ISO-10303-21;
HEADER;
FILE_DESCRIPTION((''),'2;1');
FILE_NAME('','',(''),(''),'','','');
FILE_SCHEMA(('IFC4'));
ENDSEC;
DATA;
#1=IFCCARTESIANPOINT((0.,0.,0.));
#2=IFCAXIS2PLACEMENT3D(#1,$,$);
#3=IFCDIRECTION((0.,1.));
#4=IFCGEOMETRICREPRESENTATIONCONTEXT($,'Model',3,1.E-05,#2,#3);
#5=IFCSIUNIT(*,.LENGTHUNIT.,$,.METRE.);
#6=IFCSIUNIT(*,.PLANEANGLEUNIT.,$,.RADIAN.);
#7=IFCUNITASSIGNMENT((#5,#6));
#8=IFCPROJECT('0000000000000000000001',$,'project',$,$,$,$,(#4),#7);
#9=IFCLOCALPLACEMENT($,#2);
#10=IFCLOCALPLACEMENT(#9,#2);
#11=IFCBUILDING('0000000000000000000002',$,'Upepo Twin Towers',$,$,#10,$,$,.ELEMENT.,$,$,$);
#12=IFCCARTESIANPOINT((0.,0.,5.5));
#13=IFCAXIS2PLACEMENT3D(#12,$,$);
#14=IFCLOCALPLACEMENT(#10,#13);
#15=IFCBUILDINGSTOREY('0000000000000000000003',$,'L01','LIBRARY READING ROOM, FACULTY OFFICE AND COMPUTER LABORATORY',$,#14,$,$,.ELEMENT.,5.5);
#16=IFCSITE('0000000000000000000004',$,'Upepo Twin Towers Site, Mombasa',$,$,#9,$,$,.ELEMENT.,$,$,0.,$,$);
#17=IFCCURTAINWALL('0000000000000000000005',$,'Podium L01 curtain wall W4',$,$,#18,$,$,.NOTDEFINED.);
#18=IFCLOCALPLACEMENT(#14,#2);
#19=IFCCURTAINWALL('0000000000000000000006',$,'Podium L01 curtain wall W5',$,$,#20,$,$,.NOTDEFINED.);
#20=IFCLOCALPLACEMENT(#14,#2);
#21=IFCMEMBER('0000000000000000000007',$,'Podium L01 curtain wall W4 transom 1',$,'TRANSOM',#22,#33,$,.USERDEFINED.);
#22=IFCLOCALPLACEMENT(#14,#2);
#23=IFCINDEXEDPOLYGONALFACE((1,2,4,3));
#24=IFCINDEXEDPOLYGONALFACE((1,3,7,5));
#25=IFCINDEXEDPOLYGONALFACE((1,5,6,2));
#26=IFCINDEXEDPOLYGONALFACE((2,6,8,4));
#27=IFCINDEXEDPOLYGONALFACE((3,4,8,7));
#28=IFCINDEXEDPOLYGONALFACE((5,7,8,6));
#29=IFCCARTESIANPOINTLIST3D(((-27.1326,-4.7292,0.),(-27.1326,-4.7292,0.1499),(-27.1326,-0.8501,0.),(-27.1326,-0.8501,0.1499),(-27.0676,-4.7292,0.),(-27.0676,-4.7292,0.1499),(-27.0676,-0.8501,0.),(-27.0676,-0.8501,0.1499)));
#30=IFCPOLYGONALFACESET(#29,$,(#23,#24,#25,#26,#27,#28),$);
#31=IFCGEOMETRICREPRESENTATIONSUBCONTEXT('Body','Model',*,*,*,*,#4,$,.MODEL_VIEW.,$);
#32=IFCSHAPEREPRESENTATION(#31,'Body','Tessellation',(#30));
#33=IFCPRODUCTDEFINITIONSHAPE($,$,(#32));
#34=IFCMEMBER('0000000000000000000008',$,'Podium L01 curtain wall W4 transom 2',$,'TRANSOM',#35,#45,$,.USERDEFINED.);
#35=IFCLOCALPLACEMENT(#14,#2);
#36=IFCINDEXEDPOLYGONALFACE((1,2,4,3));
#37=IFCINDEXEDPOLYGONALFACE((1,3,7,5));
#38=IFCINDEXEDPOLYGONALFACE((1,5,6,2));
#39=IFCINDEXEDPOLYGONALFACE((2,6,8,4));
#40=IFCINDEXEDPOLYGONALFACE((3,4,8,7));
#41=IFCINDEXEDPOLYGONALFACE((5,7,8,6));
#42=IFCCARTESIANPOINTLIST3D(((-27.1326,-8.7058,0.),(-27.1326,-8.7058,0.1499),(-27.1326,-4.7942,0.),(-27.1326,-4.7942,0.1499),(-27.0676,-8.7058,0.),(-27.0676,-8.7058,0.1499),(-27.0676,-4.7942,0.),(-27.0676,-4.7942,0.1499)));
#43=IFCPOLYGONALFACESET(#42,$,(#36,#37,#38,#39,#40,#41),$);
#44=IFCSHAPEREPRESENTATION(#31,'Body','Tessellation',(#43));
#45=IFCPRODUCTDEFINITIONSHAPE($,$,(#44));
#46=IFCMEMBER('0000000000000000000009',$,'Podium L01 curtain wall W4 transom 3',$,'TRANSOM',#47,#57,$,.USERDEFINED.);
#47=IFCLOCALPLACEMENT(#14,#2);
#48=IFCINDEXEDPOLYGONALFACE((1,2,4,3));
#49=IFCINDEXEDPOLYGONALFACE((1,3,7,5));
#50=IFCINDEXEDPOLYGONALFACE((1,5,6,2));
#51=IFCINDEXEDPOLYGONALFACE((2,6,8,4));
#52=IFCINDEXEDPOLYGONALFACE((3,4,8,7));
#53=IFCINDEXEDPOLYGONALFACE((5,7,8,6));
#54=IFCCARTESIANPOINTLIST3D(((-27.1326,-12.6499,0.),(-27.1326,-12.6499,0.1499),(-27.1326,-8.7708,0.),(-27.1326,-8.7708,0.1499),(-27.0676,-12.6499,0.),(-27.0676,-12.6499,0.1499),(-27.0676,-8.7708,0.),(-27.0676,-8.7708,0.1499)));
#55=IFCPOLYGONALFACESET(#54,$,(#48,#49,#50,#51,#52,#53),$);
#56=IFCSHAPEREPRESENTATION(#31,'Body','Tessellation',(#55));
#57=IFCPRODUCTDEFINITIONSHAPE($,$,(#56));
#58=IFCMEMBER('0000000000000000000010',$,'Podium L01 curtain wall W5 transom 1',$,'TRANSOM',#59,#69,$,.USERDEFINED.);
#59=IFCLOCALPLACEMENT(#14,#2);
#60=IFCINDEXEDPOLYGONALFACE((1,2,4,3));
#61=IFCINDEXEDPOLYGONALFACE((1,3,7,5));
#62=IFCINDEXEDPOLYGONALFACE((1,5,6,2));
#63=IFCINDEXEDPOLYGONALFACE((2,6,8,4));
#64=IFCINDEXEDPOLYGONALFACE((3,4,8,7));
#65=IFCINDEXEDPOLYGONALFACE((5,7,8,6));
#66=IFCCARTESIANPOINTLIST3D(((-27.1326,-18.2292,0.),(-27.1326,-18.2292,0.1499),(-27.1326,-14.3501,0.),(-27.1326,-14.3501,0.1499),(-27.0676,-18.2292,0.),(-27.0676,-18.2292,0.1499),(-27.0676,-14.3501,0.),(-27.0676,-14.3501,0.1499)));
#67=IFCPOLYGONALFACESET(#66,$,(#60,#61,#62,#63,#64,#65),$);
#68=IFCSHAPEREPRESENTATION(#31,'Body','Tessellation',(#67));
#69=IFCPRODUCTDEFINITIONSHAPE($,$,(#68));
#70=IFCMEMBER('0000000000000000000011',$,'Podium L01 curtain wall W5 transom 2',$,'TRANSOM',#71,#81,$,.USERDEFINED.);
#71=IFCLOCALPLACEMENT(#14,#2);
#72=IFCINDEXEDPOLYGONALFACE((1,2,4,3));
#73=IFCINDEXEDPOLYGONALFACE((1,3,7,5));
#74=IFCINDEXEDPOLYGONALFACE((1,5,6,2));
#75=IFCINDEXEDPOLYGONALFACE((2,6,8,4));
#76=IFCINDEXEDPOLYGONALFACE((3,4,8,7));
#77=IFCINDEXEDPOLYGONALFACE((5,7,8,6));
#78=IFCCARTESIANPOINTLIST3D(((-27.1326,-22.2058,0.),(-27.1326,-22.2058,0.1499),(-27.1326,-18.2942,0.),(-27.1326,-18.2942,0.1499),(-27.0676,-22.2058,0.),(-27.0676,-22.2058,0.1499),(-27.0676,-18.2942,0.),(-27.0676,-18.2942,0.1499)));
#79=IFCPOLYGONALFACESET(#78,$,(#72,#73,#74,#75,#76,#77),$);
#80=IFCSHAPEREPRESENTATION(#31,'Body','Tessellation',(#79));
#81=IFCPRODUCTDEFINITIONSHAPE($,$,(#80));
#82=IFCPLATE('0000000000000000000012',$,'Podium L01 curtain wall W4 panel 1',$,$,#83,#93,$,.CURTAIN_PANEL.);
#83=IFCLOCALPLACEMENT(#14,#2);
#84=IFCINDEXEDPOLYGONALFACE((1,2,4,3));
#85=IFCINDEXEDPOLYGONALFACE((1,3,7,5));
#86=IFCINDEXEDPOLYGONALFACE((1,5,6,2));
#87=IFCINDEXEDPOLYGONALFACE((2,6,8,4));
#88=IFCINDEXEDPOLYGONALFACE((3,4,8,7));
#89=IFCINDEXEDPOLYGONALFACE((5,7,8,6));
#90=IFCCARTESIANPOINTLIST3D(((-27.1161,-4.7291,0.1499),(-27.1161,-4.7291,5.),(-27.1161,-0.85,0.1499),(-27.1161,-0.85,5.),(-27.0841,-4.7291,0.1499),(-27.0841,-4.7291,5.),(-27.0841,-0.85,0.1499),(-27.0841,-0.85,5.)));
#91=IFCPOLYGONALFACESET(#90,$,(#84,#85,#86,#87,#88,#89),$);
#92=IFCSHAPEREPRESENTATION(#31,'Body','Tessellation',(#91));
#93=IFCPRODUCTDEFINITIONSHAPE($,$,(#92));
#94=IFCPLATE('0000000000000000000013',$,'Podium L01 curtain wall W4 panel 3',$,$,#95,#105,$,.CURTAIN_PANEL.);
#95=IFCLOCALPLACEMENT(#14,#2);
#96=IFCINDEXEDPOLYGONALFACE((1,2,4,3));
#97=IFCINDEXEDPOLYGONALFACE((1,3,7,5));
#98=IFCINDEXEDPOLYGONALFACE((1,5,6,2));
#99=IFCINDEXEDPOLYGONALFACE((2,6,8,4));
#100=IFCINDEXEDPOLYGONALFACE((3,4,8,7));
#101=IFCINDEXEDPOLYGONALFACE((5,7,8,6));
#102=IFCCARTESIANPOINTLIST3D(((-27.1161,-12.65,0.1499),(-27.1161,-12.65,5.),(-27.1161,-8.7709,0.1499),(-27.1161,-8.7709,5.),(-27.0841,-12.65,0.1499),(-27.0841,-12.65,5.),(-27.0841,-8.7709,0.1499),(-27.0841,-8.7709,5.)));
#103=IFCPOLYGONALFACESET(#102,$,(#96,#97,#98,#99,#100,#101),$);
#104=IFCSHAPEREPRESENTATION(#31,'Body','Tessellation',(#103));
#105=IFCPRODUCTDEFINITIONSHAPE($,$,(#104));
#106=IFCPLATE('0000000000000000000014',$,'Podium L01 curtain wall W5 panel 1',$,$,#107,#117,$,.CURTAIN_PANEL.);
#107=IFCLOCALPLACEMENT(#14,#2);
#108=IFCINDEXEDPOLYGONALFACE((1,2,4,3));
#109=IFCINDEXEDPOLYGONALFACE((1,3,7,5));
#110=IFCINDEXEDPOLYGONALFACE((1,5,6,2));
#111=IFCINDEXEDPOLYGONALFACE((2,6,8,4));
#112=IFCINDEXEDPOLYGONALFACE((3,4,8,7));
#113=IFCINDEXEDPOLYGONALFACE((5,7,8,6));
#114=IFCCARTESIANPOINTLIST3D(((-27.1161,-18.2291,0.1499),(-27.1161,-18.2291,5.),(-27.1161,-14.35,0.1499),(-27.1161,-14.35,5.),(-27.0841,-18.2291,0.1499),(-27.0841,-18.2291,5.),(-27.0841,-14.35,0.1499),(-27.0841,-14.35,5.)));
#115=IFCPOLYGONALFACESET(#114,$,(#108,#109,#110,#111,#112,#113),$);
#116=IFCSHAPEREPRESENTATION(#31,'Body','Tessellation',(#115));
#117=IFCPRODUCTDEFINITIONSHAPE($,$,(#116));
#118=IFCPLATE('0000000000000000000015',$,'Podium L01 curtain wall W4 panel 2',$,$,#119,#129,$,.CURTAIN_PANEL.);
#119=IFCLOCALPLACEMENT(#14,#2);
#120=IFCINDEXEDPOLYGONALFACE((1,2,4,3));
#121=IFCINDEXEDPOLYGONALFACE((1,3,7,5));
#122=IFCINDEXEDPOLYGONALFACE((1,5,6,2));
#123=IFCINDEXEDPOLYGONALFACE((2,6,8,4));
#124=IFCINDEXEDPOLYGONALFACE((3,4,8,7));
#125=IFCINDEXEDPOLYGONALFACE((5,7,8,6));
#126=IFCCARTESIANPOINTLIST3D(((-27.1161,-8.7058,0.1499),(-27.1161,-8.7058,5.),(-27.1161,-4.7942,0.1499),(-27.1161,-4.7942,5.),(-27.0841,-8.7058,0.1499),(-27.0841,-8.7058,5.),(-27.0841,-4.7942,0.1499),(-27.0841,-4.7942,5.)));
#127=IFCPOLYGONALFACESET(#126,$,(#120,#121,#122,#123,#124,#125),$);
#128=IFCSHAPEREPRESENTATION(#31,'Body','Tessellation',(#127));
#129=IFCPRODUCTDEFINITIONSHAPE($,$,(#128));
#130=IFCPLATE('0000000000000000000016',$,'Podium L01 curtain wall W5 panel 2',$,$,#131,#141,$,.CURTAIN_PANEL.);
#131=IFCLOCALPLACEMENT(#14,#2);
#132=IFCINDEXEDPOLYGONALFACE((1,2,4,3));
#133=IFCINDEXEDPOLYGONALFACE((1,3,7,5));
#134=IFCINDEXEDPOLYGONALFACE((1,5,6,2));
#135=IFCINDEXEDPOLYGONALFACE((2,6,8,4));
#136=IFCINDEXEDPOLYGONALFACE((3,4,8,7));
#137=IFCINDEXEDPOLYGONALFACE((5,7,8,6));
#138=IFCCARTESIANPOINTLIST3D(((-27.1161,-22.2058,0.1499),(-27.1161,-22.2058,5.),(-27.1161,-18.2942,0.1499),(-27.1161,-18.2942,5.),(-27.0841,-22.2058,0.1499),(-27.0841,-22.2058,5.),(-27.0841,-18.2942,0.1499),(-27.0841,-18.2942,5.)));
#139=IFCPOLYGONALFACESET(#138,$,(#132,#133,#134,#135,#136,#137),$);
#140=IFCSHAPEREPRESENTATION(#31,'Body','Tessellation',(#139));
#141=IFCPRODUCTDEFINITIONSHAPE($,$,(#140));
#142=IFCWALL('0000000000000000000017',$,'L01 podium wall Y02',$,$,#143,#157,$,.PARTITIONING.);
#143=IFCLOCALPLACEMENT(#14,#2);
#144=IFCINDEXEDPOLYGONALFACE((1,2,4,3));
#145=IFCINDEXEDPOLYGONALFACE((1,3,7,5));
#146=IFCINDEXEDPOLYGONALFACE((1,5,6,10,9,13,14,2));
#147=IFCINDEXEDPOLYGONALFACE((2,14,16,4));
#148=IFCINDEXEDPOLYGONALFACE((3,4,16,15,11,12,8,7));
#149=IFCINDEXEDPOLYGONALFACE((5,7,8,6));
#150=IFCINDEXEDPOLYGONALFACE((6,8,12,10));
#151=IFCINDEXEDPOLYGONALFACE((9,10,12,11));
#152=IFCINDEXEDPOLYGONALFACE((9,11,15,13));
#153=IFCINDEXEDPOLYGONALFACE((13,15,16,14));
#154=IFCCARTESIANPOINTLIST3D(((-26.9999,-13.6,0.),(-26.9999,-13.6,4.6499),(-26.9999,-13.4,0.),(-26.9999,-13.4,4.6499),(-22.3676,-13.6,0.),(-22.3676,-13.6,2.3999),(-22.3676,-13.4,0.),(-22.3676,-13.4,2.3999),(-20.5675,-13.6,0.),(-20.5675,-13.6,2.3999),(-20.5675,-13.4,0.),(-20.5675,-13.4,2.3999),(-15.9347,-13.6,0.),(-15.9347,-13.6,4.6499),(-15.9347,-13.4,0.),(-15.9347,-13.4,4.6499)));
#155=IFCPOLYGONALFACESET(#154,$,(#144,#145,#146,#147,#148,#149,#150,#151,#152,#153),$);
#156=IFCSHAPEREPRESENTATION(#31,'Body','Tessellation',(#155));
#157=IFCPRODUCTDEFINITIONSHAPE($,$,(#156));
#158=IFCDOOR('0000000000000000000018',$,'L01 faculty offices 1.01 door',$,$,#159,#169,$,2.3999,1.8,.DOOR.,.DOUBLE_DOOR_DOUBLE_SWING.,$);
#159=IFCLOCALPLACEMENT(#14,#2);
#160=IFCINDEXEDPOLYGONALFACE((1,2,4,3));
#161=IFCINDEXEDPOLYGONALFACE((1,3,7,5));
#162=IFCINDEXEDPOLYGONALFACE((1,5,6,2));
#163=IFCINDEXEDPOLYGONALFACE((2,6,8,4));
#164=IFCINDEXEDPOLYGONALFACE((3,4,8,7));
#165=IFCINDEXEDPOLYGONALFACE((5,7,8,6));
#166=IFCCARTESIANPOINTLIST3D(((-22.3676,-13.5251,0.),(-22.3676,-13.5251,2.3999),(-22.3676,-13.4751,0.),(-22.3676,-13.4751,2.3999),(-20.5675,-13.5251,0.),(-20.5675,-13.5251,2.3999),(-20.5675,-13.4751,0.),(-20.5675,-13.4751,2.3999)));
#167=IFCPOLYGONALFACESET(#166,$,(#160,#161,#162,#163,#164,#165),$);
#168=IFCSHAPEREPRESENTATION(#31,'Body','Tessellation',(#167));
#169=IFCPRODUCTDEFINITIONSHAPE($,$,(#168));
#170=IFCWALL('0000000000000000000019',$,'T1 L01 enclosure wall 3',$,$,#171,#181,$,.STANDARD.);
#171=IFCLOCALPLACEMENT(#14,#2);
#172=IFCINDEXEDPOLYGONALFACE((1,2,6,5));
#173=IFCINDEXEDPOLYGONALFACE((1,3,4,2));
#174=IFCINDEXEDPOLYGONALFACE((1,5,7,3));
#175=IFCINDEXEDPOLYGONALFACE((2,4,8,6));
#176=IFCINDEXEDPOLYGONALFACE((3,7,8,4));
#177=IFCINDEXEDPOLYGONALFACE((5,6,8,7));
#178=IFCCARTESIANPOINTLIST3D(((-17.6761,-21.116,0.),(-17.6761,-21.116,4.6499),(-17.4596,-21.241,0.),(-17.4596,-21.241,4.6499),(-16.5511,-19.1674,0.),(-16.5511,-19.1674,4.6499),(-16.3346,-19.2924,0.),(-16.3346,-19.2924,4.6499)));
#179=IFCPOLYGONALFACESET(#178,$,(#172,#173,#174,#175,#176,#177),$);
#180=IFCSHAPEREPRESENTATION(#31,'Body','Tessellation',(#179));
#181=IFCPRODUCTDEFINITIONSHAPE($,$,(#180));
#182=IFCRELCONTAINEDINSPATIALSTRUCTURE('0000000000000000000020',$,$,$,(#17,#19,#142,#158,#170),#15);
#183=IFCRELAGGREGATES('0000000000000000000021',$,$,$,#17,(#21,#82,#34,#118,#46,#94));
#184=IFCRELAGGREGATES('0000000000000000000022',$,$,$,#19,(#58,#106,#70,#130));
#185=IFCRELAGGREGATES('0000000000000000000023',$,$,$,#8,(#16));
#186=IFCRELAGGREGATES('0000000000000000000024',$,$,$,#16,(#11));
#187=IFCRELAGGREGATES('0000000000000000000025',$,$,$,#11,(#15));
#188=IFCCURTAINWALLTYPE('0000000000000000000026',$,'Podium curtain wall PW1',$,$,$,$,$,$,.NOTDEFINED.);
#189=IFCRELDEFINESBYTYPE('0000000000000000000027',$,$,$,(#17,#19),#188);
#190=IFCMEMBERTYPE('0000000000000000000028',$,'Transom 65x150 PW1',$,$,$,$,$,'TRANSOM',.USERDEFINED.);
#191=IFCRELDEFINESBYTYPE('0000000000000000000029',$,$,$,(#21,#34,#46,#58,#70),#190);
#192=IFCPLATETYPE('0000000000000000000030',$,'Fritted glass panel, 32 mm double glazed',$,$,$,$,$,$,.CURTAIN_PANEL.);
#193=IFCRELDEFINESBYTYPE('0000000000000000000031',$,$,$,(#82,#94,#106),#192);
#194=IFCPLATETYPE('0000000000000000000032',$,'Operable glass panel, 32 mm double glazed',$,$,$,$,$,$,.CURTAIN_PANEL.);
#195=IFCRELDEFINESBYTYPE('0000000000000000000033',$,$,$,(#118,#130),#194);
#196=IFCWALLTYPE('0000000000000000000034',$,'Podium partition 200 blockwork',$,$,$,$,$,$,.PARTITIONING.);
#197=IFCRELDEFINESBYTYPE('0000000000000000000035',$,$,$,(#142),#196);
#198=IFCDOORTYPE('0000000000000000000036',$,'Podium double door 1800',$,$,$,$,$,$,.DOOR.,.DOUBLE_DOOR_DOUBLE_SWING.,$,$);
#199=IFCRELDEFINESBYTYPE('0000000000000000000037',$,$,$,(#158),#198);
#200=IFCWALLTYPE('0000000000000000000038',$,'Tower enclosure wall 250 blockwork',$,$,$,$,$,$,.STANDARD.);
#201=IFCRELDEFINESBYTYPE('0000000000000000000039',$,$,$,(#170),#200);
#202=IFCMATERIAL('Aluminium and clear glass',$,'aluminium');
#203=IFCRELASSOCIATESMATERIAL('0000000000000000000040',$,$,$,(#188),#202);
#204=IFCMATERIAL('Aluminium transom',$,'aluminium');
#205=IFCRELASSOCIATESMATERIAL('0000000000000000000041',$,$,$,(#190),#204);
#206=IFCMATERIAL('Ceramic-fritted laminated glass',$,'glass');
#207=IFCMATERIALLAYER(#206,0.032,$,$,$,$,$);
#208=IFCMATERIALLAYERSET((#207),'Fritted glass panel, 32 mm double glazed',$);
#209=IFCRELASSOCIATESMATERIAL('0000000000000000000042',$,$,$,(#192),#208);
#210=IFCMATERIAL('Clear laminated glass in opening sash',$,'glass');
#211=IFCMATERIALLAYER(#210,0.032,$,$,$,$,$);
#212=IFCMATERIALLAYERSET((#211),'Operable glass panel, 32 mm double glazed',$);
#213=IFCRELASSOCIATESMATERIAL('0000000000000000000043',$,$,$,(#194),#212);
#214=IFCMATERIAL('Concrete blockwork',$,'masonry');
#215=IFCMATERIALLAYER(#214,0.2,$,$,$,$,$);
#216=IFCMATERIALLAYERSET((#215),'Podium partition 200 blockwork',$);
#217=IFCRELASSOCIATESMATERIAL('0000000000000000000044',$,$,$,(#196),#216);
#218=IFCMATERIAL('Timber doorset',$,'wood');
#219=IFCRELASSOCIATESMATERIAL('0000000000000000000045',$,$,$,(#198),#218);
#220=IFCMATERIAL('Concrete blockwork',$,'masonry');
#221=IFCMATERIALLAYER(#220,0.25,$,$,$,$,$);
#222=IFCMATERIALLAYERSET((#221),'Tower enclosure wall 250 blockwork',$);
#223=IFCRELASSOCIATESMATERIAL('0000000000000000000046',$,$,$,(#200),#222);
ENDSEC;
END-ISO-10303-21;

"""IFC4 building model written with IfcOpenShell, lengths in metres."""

from ifc_helpers import new_model, si_unit, direction, frame, frame_2d, origin, origin_2d, place, context, subcontext, project, spatial, rectangle, extrude, material, layer, layer_set, material_profile, profile_set, type_object, element, fill, aggregate, save


model = new_model("IFC4")

# Units and contexts
model_context = context("Model", 3, precision=1e-05, world=origin(), true_north=direction((0.0, 1.0)))
body_context = subcontext(model_context, "Body", "Model", "MODEL_VIEW")
ifc_project = project(units=[si_unit("LENGTHUNIT", "METRE"), si_unit("PLANEANGLEUNIT", "RADIAN")], contexts=[model_context])

# Site, building, storey
site_placement = place(None, origin())
site = spatial("IfcSite", under=ifc_project, at=site_placement, Name="Upepo Twin Towers Site, Mombasa", CompositionType="ELEMENT", RefElevation=0.0)
building_placement = place(site_placement, origin())
building = spatial("IfcBuilding", under=site, at=building_placement, Name="Upepo Twin Towers", CompositionType="ELEMENT")
storey_placement = place(building_placement, frame((0.0, 0.0, 5.5)))
storey = spatial("IfcBuildingStorey", under=building, at=storey_placement, Name="L01", Description="LIBRARY READING ROOM, FACULTY OFFICE AND COMPUTER LABORATORY", CompositionType="ELEMENT", Elevation=5.5)

# Curtain walls
ifc_material_1 = material(Name="Aluminium and clear glass", Category="aluminium")
curtain_wall_type = type_object("IfcCurtainWallType", Name="Podium curtain wall PW1", PredefinedType="NOTDEFINED", material=ifc_material_1)
curtain_wall_1_placement = place(storey_placement, origin())
curtain_wall_1 = element("IfcCurtainWall", 1, at=curtain_wall_1_placement, inside=storey, type_object=curtain_wall_type, Name="Podium L01 curtain wall W4", PredefinedType="NOTDEFINED")
curtain_wall_2_placement = place(storey_placement, origin())
curtain_wall_2 = element("IfcCurtainWall", 2, at=curtain_wall_2_placement, inside=storey, type_object=curtain_wall_type, Name="Podium L01 curtain wall W5", PredefinedType="NOTDEFINED")

# Members
ifc_material_2 = material(Name="Aluminium transom", Category="aluminium")
ifc_material_profile_1 = material_profile(ifc_material_2, rectangle(XDim=0.0649, YDim=0.1499, at=origin_2d()), Name="TRANSOM 65x150 PODIUM")
ifc_profile_set_1 = profile_set([ifc_material_profile_1], Name="Aluminium transom")
member_type_1 = type_object("IfcMemberType", Name="Transom 65x150 PW1", ElementType="TRANSOM", PredefinedType="USERDEFINED", material=ifc_profile_set_1)
member_1_placement = place(storey_placement, frame((-27.1001, -0.8501, 0.075), z_axis=(0.0, -1.0, 0.0), x_axis=(1.0, 0.0, 0.0)))
member_1 = element("IfcMember", 3, at=member_1_placement, type_object=member_type_1, Name="Podium L01 curtain wall W4 transom 1", ObjectType="TRANSOM", PredefinedType="USERDEFINED", context=body_context, shape_type="SweptSolid", body=[
    extrude(rectangle(XDim=0.0649, YDim=0.1499, at=origin_2d()), origin(), (0.0, 0.0, 1.0), 3.8792),
])
member_2_placement = place(storey_placement, frame((-27.1001, -4.7942, 0.075), z_axis=(0.0, -1.0, 0.0), x_axis=(1.0, 0.0, 0.0)))
member_2 = element("IfcMember", 4, at=member_2_placement, type_object=member_type_1, Name="Podium L01 curtain wall W4 transom 2", ObjectType="TRANSOM", PredefinedType="USERDEFINED", context=body_context, shape_type="SweptSolid", body=[
    extrude(rectangle(XDim=0.0649, YDim=0.1499, at=origin_2d()), origin(), (0.0, 0.0, 1.0), 3.9116),
])
member_3_placement = place(storey_placement, frame((-27.1001, -8.7708, 0.075), z_axis=(0.0, -1.0, 0.0), x_axis=(1.0, 0.0, 0.0)))
member_3 = element("IfcMember", 5, at=member_3_placement, type_object=member_type_1, Name="Podium L01 curtain wall W4 transom 3", ObjectType="TRANSOM", PredefinedType="USERDEFINED", context=body_context, shape_type="SweptSolid", body=[
    extrude(rectangle(XDim=0.0649, YDim=0.1499, at=origin_2d()), origin(), (0.0, 0.0, 1.0), 3.8792),
])
member_4_placement = place(storey_placement, frame((-27.1001, -14.3501, 0.075), z_axis=(0.0, -1.0, 0.0), x_axis=(1.0, 0.0, 0.0)))
member_4 = element("IfcMember", 6, at=member_4_placement, type_object=member_type_1, Name="Podium L01 curtain wall W5 transom 1", ObjectType="TRANSOM", PredefinedType="USERDEFINED", context=body_context, shape_type="SweptSolid", body=[
    extrude(rectangle(XDim=0.0649, YDim=0.1499, at=origin_2d()), origin(), (0.0, 0.0, 1.0), 3.8792),
])
member_5_placement = place(storey_placement, frame((-27.1001, -18.2942, 0.075), z_axis=(0.0, -1.0, 0.0), x_axis=(1.0, 0.0, 0.0)))
member_5 = element("IfcMember", 7, at=member_5_placement, type_object=member_type_1, Name="Podium L01 curtain wall W5 transom 2", ObjectType="TRANSOM", PredefinedType="USERDEFINED", context=body_context, shape_type="SweptSolid", body=[
    extrude(rectangle(XDim=0.0649, YDim=0.1499, at=origin_2d()), origin(), (0.0, 0.0, 1.0), 3.9116),
])

# Plates
ifc_material_3 = material(Name="Ceramic-fritted laminated glass", Category="glass")
ifc_layer_1 = layer(ifc_material_3, 0.032)
ifc_layer_set_1 = layer_set([ifc_layer_1], Name="Fritted glass panel, 32 mm double glazed")
plate_type_1 = type_object("IfcPlateType", Name="Fritted glass panel, 32 mm double glazed", PredefinedType="CURTAIN_PANEL", material=ifc_layer_set_1)
plate_1_placement = place(storey_placement, frame((-27.1001, -2.7896, 0.1499), z_axis=(0.0, 0.0, 1.0), x_axis=(0.0, -1.0, 0.0)))
plate_1 = element("IfcPlate", 8, at=plate_1_placement, type_object=plate_type_1, Name="Podium L01 curtain wall W4 panel 1", PredefinedType="CURTAIN_PANEL", context=body_context, shape_type="SweptSolid", body=[
    extrude(rectangle(XDim=3.8792, YDim=0.032, at=origin_2d()), origin(), (0.0, 0.0, 1.0), 4.8501),
])
plate_2_placement = place(storey_placement, frame((-27.1001, -10.7104, 0.1499), z_axis=(0.0, 0.0, 1.0), x_axis=(0.0, -1.0, 0.0)))
plate_2 = element("IfcPlate", 9, at=plate_2_placement, type_object=plate_type_1, Name="Podium L01 curtain wall W4 panel 3", PredefinedType="CURTAIN_PANEL", context=body_context, shape_type="SweptSolid", body=[
    extrude(rectangle(XDim=3.8792, YDim=0.032, at=origin_2d()), origin(), (0.0, 0.0, 1.0), 4.8501),
])
plate_3_placement = place(storey_placement, frame((-27.1001, -16.2896, 0.1499), z_axis=(0.0, 0.0, 1.0), x_axis=(0.0, -1.0, 0.0)))
plate_3 = element("IfcPlate", 10, at=plate_3_placement, type_object=plate_type_1, Name="Podium L01 curtain wall W5 panel 1", PredefinedType="CURTAIN_PANEL", context=body_context, shape_type="SweptSolid", body=[
    extrude(rectangle(XDim=3.8792, YDim=0.032, at=origin_2d()), origin(), (0.0, 0.0, 1.0), 4.8501),
])
ifc_material_4 = material(Name="Clear laminated glass in opening sash", Category="glass")
ifc_layer_2 = layer(ifc_material_4, 0.032)
ifc_layer_set_2 = layer_set([ifc_layer_2], Name="Operable glass panel, 32 mm double glazed")
plate_type_2 = type_object("IfcPlateType", Name="Operable glass panel, 32 mm double glazed", PredefinedType="CURTAIN_PANEL", material=ifc_layer_set_2)
plate_4_placement = place(storey_placement, frame((-27.1001, -6.75, 0.1499), z_axis=(0.0, 0.0, 1.0), x_axis=(0.0, -1.0, 0.0)))
plate_4 = element("IfcPlate", 11, at=plate_4_placement, type_object=plate_type_2, Name="Podium L01 curtain wall W4 panel 2", PredefinedType="CURTAIN_PANEL", context=body_context, shape_type="SweptSolid", body=[
    extrude(rectangle(XDim=3.9116, YDim=0.032, at=origin_2d()), origin(), (0.0, 0.0, 1.0), 4.8501),
])
aggregate(curtain_wall_1, [member_1, plate_1, member_2, plate_4, member_3, plate_2])
plate_5_placement = place(storey_placement, frame((-27.1001, -20.25, 0.1499), z_axis=(0.0, 0.0, 1.0), x_axis=(0.0, -1.0, 0.0)))
plate_5 = element("IfcPlate", 12, at=plate_5_placement, type_object=plate_type_2, Name="Podium L01 curtain wall W5 panel 2", PredefinedType="CURTAIN_PANEL", context=body_context, shape_type="SweptSolid", body=[
    extrude(rectangle(XDim=3.9116, YDim=0.032, at=origin_2d()), origin(), (0.0, 0.0, 1.0), 4.8501),
])
aggregate(curtain_wall_2, [member_4, plate_3, member_5, plate_5])

# Wall, opening, door
ifc_material_5 = material(Name="Concrete blockwork", Category="masonry")
ifc_layer_3 = layer(ifc_material_5, 0.2)
ifc_layer_set_3 = layer_set([ifc_layer_3], Name="Podium partition 200 blockwork")
wall_type_1 = type_object("IfcWallType", Name="Podium partition 200 blockwork", PredefinedType="PARTITIONING", material=ifc_layer_set_3)
wall_1_placement = place(storey_placement, frame((-27.0, -13.5, 0.0), z_axis=(0.0, 0.0, 1.0), x_axis=(1.0, 0.0, 0.0)))
wall_1 = element("IfcWall", 13, at=wall_1_placement, inside=storey, type_object=wall_type_1, Name="L01 podium wall Y02", PredefinedType="PARTITIONING", context=body_context, shape_type="SweptSolid", body=[
    extrude(rectangle(XDim=11.0652, YDim=0.2, at=frame_2d((5.5327, 0.0))), origin(), (0.0, 0.0, 1.0), 4.6499),
])
opening_placement = place(wall_1_placement, frame((4.6326, 0.0, 0.0)))
opening = element("IfcOpeningElement", 14, at=opening_placement, cuts=wall_1, PredefinedType="OPENING", context=body_context, shape_type="SweptSolid", body=[
    extrude(rectangle(XDim=1.8, YDim=2.3999, at=frame_2d((0.8999, 1.2))), frame((0.0, 0.1099, 0.0), z_axis=(0.0, -1.0, 0.0), x_axis=(1.0, 0.0, 0.0)), (0.0, 0.0, 1.0), 0.22),
])
ifc_material_6 = material(Name="Timber doorset", Category="wood")
door_type = type_object("IfcDoorType", Name="Podium double door 1800", OperationType="DOUBLE_DOOR_DOUBLE_SWING", PredefinedType="DOOR", material=ifc_material_6)
door_placement = place(opening_placement, origin())
door = element("IfcDoor", 15, at=door_placement, inside=storey, type_object=door_type, Name="L01 faculty offices 1.01 door", OperationType="DOUBLE_DOOR_DOUBLE_SWING", OverallHeight=2.3999, OverallWidth=1.8, PredefinedType="DOOR", context=body_context, shape_type="SweptSolid", body=[
    extrude(rectangle(XDim=1.8, YDim=2.3999, at=frame_2d((0.8999, 1.2))), frame((0.0, 0.0249, 0.0), z_axis=(0.0, -1.0, 0.0), x_axis=(1.0, 0.0, 0.0)), (0.0, 0.0, 1.0), 0.05),
])
fill(opening, door)

# Wall
ifc_material_7 = material(Name="Concrete blockwork", Category="masonry")
ifc_layer_4 = layer(ifc_material_7, 0.25)
ifc_layer_set_4 = layer_set([ifc_layer_4], Name="Tower enclosure wall 250 blockwork")
wall_type_2 = type_object("IfcWallType", Name="Tower enclosure wall 250 blockwork", PredefinedType="STANDARD", material=ifc_layer_set_4)
for number, where, z_axis, x_axis, name in (
    (16, (-17.5679, -21.1785, 0.0), (0.0, 0.0, 1.0), (0.500014, 0.866018, 0.0), "T1 L01 enclosure wall 3"),
):
    element("IfcWall", number, at=place(storey_placement, frame(where, z_axis=z_axis, x_axis=x_axis)), inside=storey, type_object=wall_type_2, Name=name, PredefinedType="STANDARD", context=body_context, shape_type="SweptSolid", body=[
        extrude(rectangle(XDim=2.25, YDim=0.25, at=frame_2d((1.125, 0.0))), origin(), (0.0, 0.0, 1.0), 4.6499),
    ])

save(model, "model.ifc")
